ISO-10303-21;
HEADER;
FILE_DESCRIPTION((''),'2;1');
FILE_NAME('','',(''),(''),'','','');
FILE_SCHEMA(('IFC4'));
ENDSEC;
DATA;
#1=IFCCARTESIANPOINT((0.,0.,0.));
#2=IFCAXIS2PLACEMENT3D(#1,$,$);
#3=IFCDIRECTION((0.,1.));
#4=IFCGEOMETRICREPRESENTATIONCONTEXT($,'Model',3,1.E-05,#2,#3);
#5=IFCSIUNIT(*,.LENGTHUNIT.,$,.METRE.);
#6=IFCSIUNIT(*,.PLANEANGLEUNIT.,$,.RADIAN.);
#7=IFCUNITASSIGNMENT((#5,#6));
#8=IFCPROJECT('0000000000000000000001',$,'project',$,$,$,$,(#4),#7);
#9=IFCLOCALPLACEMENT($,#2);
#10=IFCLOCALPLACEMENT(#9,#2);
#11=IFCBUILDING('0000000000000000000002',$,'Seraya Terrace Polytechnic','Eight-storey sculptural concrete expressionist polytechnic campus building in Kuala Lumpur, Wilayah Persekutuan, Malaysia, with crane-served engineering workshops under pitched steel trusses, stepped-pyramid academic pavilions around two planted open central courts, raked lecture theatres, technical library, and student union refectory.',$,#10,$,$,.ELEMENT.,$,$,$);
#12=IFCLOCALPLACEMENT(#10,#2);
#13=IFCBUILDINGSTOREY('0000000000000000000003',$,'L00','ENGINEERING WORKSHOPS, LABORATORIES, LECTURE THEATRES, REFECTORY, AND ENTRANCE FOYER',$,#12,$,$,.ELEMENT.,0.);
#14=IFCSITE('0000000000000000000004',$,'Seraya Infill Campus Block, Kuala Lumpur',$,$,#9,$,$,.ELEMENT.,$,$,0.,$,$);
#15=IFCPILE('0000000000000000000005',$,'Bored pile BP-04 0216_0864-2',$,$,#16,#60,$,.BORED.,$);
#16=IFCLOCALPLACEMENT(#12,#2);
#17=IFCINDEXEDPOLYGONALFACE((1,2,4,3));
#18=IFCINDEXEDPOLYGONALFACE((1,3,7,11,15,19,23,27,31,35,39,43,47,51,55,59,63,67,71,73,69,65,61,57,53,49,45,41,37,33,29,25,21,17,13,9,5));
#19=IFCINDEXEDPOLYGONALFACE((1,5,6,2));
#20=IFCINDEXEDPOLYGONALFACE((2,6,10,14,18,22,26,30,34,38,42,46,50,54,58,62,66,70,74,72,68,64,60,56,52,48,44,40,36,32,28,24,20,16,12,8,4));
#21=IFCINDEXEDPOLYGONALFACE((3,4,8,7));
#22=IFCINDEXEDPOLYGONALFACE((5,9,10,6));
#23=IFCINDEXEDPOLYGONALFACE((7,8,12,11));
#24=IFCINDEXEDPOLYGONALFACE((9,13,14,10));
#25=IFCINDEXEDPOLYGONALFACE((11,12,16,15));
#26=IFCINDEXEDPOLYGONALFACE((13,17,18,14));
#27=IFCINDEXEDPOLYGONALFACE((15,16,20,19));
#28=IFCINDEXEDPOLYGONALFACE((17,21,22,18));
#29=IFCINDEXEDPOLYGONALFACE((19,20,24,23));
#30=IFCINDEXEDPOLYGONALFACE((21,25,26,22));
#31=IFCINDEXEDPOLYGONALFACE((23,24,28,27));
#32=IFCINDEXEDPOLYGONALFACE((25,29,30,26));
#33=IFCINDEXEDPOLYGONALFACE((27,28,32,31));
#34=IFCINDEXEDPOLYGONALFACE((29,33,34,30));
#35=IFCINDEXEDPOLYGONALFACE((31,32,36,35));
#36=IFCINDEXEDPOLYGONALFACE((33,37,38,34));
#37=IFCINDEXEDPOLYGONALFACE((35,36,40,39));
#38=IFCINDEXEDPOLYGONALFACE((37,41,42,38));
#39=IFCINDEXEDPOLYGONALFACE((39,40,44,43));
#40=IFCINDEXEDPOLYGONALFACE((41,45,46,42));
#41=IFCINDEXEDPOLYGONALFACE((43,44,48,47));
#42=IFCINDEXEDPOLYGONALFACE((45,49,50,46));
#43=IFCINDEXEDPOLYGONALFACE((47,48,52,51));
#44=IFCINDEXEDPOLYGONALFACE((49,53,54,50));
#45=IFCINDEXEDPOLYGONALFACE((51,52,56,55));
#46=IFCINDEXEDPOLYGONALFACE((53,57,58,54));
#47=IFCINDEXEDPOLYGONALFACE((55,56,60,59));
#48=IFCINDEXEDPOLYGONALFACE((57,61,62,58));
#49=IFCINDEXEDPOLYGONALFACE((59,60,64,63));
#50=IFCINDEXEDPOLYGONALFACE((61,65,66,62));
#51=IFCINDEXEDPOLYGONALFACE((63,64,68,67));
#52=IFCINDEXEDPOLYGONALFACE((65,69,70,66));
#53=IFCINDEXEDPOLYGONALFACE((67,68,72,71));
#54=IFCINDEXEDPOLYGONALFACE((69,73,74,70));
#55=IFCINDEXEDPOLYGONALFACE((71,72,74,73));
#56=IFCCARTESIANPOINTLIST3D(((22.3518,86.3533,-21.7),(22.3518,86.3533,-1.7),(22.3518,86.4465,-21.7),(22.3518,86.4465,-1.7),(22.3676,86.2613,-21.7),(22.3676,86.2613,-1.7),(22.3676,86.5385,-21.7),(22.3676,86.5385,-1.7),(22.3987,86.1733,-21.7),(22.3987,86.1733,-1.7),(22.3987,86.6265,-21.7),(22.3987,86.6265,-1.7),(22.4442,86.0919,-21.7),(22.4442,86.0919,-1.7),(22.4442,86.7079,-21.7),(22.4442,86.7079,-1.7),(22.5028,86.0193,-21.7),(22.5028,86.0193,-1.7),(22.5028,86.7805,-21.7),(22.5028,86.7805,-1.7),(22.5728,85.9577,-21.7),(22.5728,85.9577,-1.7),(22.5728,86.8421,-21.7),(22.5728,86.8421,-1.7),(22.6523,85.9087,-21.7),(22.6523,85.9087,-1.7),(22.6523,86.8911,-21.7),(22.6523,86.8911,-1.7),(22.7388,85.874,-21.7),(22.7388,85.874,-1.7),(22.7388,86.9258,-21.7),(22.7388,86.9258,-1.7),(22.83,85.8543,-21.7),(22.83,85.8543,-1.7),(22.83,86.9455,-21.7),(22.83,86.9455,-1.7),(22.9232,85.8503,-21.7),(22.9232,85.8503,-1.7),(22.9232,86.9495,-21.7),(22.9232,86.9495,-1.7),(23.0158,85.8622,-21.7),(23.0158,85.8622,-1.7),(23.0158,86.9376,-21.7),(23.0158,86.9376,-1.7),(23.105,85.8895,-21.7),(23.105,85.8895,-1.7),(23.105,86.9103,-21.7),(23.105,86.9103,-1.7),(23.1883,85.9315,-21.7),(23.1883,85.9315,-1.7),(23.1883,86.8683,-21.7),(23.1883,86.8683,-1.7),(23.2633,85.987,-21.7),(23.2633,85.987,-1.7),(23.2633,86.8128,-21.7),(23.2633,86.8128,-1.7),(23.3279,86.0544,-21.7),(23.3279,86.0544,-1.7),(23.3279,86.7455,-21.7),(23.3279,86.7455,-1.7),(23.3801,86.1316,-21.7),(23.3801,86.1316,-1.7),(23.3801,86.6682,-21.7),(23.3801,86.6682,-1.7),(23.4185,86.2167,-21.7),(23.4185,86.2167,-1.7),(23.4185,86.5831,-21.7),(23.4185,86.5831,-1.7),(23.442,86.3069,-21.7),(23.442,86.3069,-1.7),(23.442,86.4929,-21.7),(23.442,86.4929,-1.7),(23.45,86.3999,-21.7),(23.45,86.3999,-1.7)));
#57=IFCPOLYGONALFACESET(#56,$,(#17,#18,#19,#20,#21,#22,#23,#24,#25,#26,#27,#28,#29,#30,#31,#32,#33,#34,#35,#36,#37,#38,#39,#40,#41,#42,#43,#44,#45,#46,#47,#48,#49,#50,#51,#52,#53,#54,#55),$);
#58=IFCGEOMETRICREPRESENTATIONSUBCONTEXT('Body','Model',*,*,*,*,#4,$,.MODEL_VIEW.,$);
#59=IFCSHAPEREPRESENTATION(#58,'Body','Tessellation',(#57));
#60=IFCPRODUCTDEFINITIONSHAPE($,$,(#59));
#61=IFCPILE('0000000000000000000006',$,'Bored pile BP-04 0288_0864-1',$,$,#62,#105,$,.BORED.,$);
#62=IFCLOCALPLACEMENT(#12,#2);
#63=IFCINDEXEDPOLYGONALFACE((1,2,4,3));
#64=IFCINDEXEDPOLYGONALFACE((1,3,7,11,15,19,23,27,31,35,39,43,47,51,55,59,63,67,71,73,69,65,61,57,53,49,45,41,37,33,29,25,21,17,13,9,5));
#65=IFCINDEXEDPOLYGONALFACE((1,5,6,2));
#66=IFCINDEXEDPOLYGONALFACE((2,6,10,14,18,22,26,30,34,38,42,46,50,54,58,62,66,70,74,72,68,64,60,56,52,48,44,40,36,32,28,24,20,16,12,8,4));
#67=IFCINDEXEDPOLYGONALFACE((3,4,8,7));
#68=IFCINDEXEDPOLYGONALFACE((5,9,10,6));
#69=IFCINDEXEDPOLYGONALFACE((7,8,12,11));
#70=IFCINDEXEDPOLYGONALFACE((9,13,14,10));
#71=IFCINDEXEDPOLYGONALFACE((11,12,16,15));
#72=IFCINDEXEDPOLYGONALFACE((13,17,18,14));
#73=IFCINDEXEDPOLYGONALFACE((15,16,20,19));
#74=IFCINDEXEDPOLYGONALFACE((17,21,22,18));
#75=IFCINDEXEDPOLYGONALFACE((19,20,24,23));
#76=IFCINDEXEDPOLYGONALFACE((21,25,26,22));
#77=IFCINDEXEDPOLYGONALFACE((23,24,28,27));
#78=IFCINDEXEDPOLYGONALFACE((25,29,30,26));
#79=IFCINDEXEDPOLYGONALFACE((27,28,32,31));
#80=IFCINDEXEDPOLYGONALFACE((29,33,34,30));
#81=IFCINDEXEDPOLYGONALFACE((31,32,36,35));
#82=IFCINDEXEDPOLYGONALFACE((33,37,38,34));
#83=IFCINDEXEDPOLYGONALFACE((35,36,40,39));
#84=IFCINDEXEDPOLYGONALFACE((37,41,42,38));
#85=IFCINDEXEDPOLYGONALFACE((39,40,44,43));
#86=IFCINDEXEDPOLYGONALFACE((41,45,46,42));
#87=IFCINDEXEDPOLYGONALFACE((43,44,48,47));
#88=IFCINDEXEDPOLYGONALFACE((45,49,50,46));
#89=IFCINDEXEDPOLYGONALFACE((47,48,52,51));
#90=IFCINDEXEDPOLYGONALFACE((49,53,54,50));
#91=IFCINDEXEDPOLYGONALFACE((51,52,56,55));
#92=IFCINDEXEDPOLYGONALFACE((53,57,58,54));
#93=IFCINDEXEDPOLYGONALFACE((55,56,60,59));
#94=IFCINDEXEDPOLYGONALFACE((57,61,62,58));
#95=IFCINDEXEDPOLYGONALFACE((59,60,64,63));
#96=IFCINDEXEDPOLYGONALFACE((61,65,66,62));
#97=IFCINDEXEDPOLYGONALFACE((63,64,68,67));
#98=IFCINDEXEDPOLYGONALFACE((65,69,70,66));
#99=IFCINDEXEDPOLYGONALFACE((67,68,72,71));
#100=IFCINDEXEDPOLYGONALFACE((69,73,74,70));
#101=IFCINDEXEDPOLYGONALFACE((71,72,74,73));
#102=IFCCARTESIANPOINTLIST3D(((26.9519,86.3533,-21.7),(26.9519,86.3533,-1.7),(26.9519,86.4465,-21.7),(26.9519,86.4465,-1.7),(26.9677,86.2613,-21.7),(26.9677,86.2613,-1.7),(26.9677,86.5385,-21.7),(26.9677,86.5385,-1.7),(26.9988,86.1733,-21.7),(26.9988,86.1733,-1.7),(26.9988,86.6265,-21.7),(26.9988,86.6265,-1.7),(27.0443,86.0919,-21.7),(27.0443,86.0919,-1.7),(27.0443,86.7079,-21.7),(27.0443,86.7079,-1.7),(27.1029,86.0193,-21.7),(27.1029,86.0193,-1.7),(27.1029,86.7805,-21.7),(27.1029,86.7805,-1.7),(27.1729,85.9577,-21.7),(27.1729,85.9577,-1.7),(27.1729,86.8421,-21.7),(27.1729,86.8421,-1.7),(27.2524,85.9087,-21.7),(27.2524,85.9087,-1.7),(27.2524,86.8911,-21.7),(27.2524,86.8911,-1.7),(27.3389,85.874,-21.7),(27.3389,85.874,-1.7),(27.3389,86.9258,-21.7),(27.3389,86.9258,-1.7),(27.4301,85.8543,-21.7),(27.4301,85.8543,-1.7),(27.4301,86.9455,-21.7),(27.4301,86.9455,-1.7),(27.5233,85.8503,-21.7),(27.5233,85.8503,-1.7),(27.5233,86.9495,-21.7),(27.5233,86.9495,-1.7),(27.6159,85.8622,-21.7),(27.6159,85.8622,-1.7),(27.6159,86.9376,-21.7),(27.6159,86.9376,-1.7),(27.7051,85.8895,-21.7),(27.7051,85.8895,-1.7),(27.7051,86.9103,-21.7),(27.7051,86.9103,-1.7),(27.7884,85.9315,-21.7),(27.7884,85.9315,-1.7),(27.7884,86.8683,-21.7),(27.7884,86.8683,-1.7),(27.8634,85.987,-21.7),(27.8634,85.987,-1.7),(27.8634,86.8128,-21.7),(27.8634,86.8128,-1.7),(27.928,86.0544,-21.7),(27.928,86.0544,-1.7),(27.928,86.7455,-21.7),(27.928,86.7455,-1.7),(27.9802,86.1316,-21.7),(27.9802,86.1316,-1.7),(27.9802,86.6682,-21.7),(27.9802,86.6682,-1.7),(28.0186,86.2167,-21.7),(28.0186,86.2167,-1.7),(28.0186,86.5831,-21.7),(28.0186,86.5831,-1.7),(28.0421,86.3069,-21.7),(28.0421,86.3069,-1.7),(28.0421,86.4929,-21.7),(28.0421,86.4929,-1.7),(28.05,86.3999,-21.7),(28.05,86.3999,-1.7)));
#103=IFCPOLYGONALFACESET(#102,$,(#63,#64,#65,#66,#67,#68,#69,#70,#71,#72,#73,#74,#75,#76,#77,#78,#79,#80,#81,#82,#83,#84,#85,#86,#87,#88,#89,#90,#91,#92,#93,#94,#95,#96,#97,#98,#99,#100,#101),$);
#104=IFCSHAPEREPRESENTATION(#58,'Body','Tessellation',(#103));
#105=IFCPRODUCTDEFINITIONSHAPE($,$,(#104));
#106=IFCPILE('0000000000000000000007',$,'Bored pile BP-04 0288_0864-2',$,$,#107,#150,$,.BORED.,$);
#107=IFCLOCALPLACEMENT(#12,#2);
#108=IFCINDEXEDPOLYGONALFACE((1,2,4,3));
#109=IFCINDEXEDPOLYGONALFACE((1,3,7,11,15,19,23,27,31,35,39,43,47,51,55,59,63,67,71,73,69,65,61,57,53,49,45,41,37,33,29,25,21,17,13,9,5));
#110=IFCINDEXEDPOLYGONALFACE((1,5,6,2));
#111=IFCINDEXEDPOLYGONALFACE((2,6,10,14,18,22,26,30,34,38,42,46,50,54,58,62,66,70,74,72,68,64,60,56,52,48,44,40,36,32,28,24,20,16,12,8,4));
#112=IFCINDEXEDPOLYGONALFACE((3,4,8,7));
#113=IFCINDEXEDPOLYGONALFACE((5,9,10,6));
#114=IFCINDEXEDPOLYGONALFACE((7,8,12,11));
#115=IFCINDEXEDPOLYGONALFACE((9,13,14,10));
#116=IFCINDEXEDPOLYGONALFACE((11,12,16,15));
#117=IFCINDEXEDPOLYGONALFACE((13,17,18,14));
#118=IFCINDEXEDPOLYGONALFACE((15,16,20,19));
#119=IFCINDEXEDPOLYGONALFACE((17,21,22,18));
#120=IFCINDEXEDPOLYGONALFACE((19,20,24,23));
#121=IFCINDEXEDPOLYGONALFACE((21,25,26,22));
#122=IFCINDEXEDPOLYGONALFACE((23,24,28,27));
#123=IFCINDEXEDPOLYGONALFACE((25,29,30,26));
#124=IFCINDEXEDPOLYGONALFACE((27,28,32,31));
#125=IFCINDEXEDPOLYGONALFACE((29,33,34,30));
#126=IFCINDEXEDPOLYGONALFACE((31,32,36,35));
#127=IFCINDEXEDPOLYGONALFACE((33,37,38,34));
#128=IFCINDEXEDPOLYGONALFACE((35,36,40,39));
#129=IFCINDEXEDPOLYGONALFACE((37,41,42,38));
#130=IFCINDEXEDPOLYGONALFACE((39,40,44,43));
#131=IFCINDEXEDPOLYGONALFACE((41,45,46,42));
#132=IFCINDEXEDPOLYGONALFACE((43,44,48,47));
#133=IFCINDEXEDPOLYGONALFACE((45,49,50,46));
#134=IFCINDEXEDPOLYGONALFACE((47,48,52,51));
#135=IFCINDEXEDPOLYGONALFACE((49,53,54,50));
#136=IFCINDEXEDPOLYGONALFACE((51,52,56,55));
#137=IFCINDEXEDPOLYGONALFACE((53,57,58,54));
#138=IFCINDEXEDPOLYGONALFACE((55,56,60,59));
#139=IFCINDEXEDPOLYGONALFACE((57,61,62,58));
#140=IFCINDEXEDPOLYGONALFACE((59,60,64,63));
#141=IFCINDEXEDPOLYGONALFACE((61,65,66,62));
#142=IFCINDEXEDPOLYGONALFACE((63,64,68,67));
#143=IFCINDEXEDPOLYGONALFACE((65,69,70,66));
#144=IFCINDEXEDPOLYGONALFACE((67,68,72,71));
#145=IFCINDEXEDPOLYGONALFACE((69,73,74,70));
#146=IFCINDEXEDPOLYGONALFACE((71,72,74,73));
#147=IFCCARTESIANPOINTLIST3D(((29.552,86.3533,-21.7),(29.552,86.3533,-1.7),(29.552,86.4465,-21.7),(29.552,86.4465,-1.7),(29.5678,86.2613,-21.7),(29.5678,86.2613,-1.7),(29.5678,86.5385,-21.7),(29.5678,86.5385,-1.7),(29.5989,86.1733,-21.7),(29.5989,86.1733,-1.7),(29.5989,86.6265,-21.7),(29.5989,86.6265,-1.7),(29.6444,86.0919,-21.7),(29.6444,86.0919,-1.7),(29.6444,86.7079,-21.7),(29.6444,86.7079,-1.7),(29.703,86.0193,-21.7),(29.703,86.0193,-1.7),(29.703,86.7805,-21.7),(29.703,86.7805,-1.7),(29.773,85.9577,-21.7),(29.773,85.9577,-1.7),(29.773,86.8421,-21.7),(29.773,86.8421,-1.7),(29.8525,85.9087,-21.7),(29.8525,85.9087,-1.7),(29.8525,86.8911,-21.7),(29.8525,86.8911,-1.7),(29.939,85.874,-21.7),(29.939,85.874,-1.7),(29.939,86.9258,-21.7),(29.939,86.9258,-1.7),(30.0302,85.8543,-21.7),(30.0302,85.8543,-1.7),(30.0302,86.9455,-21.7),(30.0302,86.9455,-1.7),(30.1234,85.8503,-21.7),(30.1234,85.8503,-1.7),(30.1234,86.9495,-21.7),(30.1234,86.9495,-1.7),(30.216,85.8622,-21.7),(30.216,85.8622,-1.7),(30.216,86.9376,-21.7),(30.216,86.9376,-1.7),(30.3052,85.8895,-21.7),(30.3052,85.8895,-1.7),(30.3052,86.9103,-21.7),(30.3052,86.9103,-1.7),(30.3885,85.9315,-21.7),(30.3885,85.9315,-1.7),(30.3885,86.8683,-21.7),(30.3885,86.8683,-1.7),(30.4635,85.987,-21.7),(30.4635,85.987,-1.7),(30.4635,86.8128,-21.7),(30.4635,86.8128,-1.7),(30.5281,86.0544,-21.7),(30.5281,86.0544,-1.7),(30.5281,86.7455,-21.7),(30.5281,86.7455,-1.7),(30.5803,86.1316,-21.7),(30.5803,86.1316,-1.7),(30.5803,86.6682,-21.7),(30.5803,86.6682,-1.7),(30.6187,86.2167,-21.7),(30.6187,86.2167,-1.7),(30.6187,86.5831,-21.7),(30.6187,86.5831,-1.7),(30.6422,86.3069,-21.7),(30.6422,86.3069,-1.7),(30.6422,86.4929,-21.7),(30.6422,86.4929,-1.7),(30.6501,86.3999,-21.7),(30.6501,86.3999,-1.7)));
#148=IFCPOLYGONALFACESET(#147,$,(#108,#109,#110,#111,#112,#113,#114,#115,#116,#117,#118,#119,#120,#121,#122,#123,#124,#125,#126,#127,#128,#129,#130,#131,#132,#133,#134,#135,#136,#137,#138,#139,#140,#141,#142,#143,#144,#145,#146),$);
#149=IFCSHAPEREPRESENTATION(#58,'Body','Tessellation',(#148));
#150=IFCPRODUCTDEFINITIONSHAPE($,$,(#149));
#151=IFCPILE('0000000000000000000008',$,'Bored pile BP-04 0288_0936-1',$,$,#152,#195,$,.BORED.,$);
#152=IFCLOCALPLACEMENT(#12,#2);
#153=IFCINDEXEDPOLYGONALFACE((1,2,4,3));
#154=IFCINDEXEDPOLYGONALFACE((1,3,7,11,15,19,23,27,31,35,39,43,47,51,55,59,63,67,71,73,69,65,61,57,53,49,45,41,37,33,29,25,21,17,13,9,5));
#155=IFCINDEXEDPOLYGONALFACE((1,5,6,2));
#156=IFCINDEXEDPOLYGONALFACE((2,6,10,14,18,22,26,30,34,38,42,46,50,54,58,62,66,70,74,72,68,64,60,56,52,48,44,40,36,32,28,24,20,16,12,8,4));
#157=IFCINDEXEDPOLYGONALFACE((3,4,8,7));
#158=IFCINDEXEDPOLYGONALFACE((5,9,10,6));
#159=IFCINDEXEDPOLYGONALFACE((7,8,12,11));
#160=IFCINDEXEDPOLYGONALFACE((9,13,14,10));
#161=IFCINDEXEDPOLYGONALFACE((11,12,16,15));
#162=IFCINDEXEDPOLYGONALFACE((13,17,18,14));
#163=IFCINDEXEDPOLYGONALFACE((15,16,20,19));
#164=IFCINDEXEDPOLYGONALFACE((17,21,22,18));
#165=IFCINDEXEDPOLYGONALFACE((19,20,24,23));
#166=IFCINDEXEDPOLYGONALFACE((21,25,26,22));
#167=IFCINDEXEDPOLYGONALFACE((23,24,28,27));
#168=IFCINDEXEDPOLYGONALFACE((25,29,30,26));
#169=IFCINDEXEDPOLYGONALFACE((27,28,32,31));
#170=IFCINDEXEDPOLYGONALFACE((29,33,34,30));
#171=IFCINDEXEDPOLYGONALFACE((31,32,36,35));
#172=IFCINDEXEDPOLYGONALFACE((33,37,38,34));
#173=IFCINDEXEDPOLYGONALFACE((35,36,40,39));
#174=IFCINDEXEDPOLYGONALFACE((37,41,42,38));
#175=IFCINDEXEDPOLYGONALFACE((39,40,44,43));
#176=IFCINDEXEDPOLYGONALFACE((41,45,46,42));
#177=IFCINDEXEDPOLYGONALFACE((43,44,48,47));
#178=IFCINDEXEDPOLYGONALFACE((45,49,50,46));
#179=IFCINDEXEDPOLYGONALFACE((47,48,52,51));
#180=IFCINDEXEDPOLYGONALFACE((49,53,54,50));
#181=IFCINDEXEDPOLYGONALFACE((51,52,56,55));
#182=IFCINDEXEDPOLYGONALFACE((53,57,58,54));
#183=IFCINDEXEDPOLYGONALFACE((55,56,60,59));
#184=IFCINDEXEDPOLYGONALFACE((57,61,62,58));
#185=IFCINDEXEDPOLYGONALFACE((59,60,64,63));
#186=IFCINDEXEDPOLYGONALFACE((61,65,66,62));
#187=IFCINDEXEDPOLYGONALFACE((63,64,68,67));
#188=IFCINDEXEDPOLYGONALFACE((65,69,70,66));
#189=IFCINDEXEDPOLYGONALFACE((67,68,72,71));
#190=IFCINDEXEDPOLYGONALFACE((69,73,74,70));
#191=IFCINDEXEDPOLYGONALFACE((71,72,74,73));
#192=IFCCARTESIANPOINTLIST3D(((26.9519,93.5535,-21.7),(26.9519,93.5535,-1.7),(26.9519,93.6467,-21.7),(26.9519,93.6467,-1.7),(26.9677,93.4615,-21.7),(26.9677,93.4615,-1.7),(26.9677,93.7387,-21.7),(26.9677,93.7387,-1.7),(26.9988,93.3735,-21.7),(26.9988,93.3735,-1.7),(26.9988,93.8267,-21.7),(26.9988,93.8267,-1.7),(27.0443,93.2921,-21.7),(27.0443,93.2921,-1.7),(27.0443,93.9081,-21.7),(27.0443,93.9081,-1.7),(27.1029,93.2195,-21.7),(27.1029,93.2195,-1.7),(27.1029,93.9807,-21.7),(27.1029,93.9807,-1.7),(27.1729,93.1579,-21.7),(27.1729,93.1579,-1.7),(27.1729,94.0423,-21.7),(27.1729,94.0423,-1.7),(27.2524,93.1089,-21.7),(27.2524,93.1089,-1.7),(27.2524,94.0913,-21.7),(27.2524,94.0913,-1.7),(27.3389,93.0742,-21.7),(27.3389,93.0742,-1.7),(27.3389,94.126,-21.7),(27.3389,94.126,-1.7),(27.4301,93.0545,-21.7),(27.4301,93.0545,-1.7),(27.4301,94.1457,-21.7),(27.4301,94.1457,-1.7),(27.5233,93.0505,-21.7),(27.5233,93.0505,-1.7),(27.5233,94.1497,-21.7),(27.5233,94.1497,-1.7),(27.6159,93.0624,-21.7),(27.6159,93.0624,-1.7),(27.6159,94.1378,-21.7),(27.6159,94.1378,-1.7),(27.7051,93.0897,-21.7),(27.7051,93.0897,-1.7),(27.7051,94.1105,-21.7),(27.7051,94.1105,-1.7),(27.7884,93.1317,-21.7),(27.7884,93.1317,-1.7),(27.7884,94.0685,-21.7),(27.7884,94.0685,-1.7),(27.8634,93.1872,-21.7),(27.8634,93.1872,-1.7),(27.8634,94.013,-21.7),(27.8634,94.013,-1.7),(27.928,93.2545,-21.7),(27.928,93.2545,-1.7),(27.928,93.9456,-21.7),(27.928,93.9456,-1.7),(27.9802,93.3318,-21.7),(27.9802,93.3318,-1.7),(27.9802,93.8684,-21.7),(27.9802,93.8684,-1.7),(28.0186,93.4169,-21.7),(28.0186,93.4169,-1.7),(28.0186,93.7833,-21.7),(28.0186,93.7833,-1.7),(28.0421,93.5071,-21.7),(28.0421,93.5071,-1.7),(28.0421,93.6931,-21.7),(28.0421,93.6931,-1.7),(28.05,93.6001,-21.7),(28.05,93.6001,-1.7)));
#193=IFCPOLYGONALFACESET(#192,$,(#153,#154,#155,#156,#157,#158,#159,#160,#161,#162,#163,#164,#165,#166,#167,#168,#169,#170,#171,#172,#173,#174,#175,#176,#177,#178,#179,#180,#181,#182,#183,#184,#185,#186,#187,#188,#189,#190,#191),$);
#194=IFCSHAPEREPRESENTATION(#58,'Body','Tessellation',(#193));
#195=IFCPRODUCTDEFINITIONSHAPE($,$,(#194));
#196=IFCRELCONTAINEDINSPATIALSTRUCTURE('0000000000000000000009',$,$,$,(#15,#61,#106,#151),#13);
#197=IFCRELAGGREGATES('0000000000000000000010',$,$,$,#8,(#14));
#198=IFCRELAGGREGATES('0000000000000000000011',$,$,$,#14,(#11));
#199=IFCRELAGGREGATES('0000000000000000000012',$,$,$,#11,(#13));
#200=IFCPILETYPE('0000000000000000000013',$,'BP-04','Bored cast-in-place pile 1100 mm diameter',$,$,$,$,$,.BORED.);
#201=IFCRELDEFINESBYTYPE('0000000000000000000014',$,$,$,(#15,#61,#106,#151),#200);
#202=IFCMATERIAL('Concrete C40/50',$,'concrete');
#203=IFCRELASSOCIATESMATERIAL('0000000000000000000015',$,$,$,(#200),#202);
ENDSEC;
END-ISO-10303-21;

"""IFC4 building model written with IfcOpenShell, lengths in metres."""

from ifc_helpers import new_model, si_unit, direction, frame, origin, origin_2d, place, context, subcontext, project, spatial, circle, extrude, material, material_profile, profile_set, type_object, element, save


model = new_model("IFC4")

# Units and contexts
model_context = context("Model", 3, precision=1e-05, world=origin(), true_north=direction((0.0, 1.0)))
body_context = subcontext(model_context, "Body", "Model", "MODEL_VIEW")
ifc_project = project(units=[si_unit("LENGTHUNIT", "METRE"), si_unit("PLANEANGLEUNIT", "RADIAN")], contexts=[model_context])

# Site, building, storey
site_placement = place(None, origin())
site = spatial("IfcSite", under=ifc_project, at=site_placement, Name="Seraya Infill Campus Block, Kuala Lumpur", CompositionType="ELEMENT", RefElevation=0.0)
building_placement = place(site_placement, origin())
building = spatial("IfcBuilding", under=site, at=building_placement, Name="Seraya Terrace Polytechnic", Description="Eight-storey sculptural concrete expressionist polytechnic campus building in Kuala Lumpur, Wilayah Persekutuan, Malaysia, with crane-served engineering workshops under pitched steel trusses, stepped-pyramid academic pavilions around two planted open central courts, raked lecture theatres, technical library, and student union refectory.", CompositionType="ELEMENT")
storey_placement = place(building_placement, origin())
storey = spatial("IfcBuildingStorey", under=building, at=storey_placement, Name="L00", Description="ENGINEERING WORKSHOPS, LABORATORIES, LECTURE THEATRES, REFECTORY, AND ENTRANCE FOYER", CompositionType="ELEMENT", Elevation=0.0)

# Piles
ifc_material_1 = material(Name="Concrete C40/50", Category="concrete")
ifc_material_profile_1 = material_profile(ifc_material_1, circle(Radius=0.55, at=origin_2d()), Name="DIA 1100")
ifc_profile_set_1 = profile_set([ifc_material_profile_1], Name="Concrete C40/50")
pile_type = type_object("IfcPileType", Name="BP-04", Description="Bored cast-in-place pile 1100 mm diameter", PredefinedType="BORED", material=ifc_profile_set_1)
for number, where, z_axis, x_axis, name in (
    (1, (22.8999, 86.3999, -1.7), (0.0, 0.0, -1.0), (1.0, 0.0, 0.0), "Bored pile BP-04 0216_0864-2"),
    (2, (27.5, 86.3999, -1.7), (0.0, 0.0, -1.0), (1.0, 0.0, 0.0), "Bored pile BP-04 0288_0864-1"),
    (3, (30.1001, 86.3999, -1.7), (0.0, 0.0, -1.0), (1.0, 0.0, 0.0), "Bored pile BP-04 0288_0864-2"),
    (4, (27.5, 93.6001, -1.7), (0.0, 0.0, -1.0), (1.0, 0.0, 0.0), "Bored pile BP-04 0288_0936-1"),
):
    element("IfcPile", number, at=place(storey_placement, frame(where, z_axis=z_axis, x_axis=x_axis)), inside=storey, type_object=pile_type, Name=name, PredefinedType="BORED", context=body_context, shape_type="SweptSolid", body=[
        extrude(circle(Radius=0.55, at=origin_2d()), origin(), (0.0, 0.0, 1.0), 20.0),
    ])

save(model, "model.ifc")
